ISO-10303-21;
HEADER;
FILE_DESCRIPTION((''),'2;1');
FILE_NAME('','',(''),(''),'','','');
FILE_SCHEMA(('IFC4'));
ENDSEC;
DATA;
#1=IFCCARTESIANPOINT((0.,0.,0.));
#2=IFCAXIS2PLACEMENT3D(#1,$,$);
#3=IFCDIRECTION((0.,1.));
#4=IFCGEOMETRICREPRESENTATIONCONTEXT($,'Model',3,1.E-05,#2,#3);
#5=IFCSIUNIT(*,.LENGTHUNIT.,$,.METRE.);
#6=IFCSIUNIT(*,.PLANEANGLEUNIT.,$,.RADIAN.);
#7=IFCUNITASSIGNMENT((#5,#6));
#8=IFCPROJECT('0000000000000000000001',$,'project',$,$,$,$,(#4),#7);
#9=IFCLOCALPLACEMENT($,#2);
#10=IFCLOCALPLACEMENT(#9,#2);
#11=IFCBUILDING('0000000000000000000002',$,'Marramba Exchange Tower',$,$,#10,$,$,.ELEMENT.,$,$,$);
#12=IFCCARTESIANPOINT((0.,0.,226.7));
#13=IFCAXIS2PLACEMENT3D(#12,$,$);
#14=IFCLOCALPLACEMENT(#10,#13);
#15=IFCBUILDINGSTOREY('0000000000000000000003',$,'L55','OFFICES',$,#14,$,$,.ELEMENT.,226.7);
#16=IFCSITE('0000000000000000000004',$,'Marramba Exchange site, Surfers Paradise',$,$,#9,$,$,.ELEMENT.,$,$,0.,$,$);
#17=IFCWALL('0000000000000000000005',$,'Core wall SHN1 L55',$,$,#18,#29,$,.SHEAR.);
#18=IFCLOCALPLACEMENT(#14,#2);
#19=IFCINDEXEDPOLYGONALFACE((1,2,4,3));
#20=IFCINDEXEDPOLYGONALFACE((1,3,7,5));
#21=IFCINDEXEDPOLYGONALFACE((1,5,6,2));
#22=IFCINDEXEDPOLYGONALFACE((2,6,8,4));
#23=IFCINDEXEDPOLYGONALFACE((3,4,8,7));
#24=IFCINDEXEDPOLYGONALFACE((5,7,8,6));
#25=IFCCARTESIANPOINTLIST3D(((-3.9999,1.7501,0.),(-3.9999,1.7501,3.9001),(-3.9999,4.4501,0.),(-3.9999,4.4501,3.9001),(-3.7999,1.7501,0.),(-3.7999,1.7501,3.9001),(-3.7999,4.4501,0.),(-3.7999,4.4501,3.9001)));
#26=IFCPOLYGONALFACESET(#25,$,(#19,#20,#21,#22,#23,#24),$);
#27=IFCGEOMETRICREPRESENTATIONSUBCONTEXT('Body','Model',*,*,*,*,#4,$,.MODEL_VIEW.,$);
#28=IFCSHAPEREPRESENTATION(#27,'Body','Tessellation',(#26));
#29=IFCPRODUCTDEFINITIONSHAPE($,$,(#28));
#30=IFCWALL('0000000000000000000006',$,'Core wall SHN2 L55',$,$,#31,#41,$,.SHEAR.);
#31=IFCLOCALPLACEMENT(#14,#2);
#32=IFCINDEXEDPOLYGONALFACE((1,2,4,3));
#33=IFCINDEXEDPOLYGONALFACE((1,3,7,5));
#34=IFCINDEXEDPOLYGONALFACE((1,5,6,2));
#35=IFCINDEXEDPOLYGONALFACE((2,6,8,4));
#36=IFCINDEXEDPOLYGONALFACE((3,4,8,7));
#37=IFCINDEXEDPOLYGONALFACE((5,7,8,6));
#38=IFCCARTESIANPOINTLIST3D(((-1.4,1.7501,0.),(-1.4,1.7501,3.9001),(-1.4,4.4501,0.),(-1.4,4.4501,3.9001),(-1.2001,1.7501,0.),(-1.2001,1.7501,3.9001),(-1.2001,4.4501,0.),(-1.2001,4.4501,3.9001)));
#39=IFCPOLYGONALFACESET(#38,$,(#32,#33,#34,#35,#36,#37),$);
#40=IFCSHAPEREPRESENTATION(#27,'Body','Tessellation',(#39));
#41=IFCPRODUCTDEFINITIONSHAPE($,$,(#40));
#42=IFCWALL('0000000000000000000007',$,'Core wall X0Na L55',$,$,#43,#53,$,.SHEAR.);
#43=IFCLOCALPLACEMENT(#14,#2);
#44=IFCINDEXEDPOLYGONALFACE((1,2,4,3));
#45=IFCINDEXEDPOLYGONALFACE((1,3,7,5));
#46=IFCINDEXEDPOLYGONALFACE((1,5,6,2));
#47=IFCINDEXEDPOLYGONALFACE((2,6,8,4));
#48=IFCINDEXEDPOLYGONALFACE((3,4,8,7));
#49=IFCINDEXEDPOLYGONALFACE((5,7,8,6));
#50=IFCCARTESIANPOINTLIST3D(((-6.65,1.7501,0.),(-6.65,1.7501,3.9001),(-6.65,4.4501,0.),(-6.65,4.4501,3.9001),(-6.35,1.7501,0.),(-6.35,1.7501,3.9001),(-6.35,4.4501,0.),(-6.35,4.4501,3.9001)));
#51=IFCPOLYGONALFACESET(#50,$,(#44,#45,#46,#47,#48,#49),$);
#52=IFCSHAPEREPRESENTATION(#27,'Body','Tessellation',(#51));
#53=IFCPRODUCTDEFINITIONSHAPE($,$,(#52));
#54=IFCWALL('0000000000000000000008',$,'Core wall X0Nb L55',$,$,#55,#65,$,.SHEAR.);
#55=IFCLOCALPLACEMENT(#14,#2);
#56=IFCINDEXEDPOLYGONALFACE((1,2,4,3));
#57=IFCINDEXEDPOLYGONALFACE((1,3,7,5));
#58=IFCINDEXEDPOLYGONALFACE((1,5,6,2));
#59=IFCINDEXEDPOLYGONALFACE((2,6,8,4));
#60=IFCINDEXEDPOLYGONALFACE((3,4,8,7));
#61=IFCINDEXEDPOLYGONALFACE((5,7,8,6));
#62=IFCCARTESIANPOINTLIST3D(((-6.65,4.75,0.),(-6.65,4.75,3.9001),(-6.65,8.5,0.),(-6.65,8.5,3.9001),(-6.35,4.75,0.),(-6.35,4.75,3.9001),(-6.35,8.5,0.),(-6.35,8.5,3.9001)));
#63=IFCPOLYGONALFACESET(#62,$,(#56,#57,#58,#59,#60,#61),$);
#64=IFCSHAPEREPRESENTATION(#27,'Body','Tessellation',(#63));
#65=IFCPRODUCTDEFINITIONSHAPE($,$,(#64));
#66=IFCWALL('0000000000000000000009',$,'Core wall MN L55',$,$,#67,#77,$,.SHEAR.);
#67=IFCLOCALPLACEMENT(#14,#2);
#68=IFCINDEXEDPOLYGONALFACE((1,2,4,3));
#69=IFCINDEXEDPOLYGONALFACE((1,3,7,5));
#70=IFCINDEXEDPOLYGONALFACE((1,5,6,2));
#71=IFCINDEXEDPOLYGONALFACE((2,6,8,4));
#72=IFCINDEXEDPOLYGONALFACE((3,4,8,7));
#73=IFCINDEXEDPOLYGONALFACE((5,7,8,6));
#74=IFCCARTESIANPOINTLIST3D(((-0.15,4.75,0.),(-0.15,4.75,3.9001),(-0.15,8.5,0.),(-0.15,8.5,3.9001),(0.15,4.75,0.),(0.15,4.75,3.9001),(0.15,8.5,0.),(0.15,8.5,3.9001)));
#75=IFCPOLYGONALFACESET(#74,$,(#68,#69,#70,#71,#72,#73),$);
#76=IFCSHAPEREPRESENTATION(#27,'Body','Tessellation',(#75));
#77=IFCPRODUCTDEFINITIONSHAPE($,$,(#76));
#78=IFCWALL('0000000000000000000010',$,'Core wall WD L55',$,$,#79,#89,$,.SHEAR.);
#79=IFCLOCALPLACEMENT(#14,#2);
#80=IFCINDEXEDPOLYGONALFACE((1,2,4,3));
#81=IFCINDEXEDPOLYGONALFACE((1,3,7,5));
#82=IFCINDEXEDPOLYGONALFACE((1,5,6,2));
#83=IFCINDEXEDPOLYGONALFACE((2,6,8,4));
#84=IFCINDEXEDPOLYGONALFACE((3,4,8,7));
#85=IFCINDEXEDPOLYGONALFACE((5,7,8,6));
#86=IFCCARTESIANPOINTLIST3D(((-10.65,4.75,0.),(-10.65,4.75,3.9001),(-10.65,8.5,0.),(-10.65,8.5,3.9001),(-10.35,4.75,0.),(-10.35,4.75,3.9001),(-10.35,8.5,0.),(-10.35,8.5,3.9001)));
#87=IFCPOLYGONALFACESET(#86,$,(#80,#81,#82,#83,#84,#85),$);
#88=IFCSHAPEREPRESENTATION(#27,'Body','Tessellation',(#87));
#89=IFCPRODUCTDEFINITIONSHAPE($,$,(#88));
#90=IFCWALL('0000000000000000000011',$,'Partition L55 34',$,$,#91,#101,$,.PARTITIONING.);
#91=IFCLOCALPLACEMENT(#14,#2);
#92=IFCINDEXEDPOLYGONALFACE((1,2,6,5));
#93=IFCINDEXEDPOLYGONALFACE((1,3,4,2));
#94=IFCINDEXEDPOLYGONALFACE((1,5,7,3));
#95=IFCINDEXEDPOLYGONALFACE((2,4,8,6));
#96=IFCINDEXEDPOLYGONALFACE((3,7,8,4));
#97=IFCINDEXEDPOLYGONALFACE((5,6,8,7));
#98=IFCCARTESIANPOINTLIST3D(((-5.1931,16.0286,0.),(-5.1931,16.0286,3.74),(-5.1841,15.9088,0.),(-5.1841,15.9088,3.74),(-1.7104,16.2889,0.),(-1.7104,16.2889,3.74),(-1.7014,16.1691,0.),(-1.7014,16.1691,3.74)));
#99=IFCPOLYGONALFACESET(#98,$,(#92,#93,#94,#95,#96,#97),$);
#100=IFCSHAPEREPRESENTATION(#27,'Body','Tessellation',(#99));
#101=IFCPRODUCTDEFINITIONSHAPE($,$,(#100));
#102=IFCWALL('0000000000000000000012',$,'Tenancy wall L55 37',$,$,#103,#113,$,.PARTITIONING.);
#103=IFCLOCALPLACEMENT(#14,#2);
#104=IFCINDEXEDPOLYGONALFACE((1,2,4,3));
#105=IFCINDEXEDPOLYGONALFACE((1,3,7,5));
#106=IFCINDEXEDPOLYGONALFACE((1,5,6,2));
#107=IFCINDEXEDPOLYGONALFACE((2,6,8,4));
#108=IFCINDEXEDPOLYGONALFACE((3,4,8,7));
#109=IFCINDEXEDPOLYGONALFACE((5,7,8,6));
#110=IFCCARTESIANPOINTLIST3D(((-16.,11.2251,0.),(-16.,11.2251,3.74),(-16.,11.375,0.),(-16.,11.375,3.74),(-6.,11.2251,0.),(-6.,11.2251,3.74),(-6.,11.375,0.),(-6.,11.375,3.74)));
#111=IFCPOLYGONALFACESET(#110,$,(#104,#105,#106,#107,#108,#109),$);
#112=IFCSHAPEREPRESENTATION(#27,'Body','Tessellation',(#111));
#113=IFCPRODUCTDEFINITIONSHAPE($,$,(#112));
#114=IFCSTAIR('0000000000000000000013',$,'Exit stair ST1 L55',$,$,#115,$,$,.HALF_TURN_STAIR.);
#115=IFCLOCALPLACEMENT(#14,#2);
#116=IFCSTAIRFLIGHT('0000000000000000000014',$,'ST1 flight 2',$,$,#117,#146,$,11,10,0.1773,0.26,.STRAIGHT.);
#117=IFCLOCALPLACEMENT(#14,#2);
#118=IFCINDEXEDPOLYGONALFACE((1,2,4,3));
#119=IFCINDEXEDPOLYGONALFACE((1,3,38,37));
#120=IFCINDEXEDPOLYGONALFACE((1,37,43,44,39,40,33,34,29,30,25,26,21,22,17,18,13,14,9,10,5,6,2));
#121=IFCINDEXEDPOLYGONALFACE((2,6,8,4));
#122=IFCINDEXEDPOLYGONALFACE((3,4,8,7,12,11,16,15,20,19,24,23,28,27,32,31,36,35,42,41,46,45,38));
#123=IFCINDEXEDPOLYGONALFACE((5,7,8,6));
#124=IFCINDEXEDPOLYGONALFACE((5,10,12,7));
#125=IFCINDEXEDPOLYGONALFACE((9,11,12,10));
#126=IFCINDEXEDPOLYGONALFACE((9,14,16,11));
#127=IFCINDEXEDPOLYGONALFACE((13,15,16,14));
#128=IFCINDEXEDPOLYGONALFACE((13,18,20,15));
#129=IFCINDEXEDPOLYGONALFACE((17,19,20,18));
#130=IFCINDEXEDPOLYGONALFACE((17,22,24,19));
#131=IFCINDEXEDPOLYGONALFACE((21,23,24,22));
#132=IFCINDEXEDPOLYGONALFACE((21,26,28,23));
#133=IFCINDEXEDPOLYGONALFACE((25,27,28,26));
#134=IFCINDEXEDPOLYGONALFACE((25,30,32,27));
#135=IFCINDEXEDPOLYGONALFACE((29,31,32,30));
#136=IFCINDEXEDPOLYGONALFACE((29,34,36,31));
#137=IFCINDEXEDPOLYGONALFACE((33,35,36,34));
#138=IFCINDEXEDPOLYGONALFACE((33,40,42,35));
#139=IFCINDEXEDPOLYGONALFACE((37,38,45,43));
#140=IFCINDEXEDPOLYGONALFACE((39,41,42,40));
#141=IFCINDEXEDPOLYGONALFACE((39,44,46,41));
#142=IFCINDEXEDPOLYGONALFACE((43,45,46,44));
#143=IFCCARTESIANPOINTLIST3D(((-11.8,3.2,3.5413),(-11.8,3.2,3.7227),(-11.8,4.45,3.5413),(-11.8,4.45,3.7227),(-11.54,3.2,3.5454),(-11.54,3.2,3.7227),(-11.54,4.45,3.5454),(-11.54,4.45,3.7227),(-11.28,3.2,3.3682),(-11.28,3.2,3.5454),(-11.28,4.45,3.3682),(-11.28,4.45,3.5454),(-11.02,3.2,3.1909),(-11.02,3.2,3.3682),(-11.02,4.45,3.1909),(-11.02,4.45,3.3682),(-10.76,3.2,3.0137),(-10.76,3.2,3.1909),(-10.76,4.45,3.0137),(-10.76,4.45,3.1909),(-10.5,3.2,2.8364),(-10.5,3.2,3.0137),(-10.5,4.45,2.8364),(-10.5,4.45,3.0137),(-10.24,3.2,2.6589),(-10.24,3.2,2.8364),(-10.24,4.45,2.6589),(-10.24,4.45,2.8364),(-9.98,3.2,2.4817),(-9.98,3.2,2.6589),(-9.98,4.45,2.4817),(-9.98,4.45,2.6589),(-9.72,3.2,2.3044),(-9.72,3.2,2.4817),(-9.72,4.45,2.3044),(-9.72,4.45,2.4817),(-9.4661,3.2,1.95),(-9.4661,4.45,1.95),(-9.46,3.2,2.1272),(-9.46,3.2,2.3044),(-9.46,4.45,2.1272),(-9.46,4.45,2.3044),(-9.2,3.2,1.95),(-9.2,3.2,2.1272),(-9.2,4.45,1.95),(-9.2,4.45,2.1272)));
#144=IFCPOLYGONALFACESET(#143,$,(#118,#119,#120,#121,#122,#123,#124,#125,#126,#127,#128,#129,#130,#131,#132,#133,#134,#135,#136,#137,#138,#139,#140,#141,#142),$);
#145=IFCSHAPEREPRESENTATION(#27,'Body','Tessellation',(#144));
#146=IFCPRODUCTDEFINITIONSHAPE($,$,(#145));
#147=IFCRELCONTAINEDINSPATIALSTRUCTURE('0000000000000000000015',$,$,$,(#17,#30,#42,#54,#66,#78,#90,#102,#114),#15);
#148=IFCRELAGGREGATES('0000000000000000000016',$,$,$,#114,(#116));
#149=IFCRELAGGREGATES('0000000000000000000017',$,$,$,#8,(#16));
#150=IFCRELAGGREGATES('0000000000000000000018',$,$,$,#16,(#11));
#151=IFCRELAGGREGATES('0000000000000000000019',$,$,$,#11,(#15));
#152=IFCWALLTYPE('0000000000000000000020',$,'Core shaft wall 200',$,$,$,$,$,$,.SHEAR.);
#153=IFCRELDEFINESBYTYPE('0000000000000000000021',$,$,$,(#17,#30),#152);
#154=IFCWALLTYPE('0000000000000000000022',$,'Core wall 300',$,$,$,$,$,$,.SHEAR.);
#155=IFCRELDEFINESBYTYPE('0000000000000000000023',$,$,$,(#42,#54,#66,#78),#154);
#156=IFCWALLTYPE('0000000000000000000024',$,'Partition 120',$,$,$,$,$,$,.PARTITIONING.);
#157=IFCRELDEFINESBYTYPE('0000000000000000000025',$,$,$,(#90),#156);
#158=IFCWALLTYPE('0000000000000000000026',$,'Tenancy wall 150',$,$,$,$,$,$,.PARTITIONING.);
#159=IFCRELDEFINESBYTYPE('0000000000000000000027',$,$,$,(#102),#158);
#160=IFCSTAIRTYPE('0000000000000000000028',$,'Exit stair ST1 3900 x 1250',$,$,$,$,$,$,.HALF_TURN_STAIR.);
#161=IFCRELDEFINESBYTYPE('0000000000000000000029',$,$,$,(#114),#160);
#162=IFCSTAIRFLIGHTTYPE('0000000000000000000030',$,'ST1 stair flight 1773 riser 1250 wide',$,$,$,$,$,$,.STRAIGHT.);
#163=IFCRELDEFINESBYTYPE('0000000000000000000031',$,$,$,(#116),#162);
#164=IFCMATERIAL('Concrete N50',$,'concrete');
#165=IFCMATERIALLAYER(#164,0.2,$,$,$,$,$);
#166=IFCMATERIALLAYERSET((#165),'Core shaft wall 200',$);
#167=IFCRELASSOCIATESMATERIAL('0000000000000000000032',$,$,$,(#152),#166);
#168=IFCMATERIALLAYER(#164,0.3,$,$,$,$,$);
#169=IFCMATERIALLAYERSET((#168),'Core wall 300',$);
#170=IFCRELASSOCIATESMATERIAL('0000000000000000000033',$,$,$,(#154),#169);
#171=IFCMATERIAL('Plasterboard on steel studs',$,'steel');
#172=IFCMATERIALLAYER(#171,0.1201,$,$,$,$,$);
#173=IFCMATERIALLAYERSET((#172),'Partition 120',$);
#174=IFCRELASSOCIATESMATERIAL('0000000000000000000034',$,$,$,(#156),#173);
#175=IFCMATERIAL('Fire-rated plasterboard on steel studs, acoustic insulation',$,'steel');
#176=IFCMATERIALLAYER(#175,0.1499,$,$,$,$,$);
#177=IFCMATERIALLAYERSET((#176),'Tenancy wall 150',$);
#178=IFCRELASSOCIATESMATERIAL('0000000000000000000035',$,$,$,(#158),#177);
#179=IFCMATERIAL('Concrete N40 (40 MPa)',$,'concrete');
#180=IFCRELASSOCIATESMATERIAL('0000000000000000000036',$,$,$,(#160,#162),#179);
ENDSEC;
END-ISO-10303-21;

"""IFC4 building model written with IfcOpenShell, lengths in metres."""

from ifc_helpers import new_model, si_unit, direction, frame, frame_2d, origin, place, context, subcontext, project, spatial, polyline, rectangle, outline, extrude, material, layer, layer_set, type_object, element, aggregate, save


model = new_model("IFC4")

# Units and contexts
model_context = context("Model", 3, precision=1e-05, world=origin(), true_north=direction((0.0, 1.0)))
body_context = subcontext(model_context, "Body", "Model", "MODEL_VIEW")
ifc_project = project(units=[si_unit("LENGTHUNIT", "METRE"), si_unit("PLANEANGLEUNIT", "RADIAN")], contexts=[model_context])

# Site, building, storey
site_placement = place(None, origin())
site = spatial("IfcSite", under=ifc_project, at=site_placement, Name="Marramba Exchange site, Surfers Paradise", CompositionType="ELEMENT", RefElevation=0.0)
building_placement = place(site_placement, origin())
building = spatial("IfcBuilding", under=site, at=building_placement, Name="Marramba Exchange Tower", CompositionType="ELEMENT")
storey_placement = place(building_placement, frame((0.0, 0.0, 226.7)))
storey = spatial("IfcBuildingStorey", under=building, at=storey_placement, Name="L55", Description="OFFICES", CompositionType="ELEMENT", Elevation=226.7)

# Walls
ifc_material_1 = material(Name="Concrete N50", Category="concrete")
ifc_layer_1 = layer(ifc_material_1, 0.2)
ifc_layer_set_1 = layer_set([ifc_layer_1], Name="Core shaft wall 200")
wall_type_1 = type_object("IfcWallType", Name="Core shaft wall 200", PredefinedType="SHEAR", material=ifc_layer_set_1)
for number, where, z_axis, x_axis, name in (
    (1, (-3.8999, 1.75, 0.0), (0.0, 0.0, 1.0), (0.0, 1.0, 0.0), "Core wall SHN1 L55"),
    (2, (-1.3, 1.75, 0.0), (0.0, 0.0, 1.0), (0.0, 1.0, 0.0), "Core wall SHN2 L55"),
):
    element("IfcWall", number, at=place(storey_placement, frame(where, z_axis=z_axis, x_axis=x_axis)), inside=storey, type_object=wall_type_1, Name=name, PredefinedType="SHEAR", context=body_context, shape_type="SweptSolid", body=[
        extrude(rectangle(XDim=2.7, YDim=0.2, at=frame_2d((1.3501, 0.0))), origin(), (0.0, 0.0, 1.0), 3.9001),
    ])
ifc_layer_2 = layer(ifc_material_1, 0.3)
ifc_layer_set_2 = layer_set([ifc_layer_2], Name="Core wall 300")
wall_type_2 = type_object("IfcWallType", Name="Core wall 300", PredefinedType="SHEAR", material=ifc_layer_set_2)
wall_1_placement = place(storey_placement, frame((-6.5, 1.75, 0.0), z_axis=(0.0, 0.0, 1.0), x_axis=(0.0, 1.0, 0.0)))
element("IfcWall", 3, at=wall_1_placement, inside=storey, type_object=wall_type_2, Name="Core wall X0Na L55", PredefinedType="SHEAR", context=body_context, shape_type="SweptSolid", body=[
    extrude(rectangle(XDim=2.7, YDim=0.3, at=frame_2d((1.3501, 0.0))), origin(), (0.0, 0.0, 1.0), 3.9001),
])
for number, where, z_axis, x_axis, name in (
    (4, (-6.5, 4.75, 0.0), (0.0, 0.0, 1.0), (0.0, 1.0, 0.0), "Core wall X0Nb L55"),
    (5, (0.0, 4.75, 0.0), (0.0, 0.0, 1.0), (0.0, 1.0, 0.0), "Core wall MN L55"),
    (6, (-10.5, 4.75, 0.0), (0.0, 0.0, 1.0), (0.0, 1.0, 0.0), "Core wall WD L55"),
):
    element("IfcWall", number, at=place(storey_placement, frame(where, z_axis=z_axis, x_axis=x_axis)), inside=storey, type_object=wall_type_2, Name=name, PredefinedType="SHEAR", context=body_context, shape_type="SweptSolid", body=[
        extrude(rectangle(XDim=3.75, YDim=0.3, at=frame_2d((1.875, 0.0))), origin(), (0.0, 0.0, 1.0), 3.9001),
    ])
ifc_material_2 = material(Name="Plasterboard on steel studs", Category="steel")
ifc_layer_3 = layer(ifc_material_2, 0.1201)
ifc_layer_set_3 = layer_set([ifc_layer_3], Name="Partition 120")
wall_type_3 = type_object("IfcWallType", Name="Partition 120", PredefinedType="PARTITIONING", material=ifc_layer_set_3)
wall_2_placement = place(storey_placement, frame((-5.1885, 15.9688, 0.0), z_axis=(0.0, 0.0, 1.0), x_axis=(0.997219, 0.074521, 0.0)))
element("IfcWall", 7, at=wall_2_placement, inside=storey, type_object=wall_type_3, Name="Partition L55 34", PredefinedType="PARTITIONING", context=body_context, shape_type="SweptSolid", body=[
    extrude(rectangle(XDim=3.4924, YDim=0.1201, at=frame_2d((1.7461, 0.0))), origin(), (0.0, 0.0, 1.0), 3.74),
])

# Wall
ifc_material_3 = material(Name="Fire-rated plasterboard on steel studs, acoustic insulation", Category="steel")
ifc_layer_4 = layer(ifc_material_3, 0.1499)
ifc_layer_set_4 = layer_set([ifc_layer_4], Name="Tenancy wall 150")
wall_type_4 = type_object("IfcWallType", Name="Tenancy wall 150", PredefinedType="PARTITIONING", material=ifc_layer_set_4)
wall_3_placement = place(storey_placement, frame((-6.0, 11.3, 0.0), z_axis=(0.0, 0.0, 1.0), x_axis=(-1.0, 0.0, 0.0)))
element("IfcWall", 8, at=wall_3_placement, inside=storey, type_object=wall_type_4, Name="Tenancy wall L55 37", PredefinedType="PARTITIONING", context=body_context, shape_type="SweptSolid", body=[
    extrude(rectangle(XDim=10.0, YDim=0.1499, at=frame_2d((5.0, 0.0))), origin(), (0.0, 0.0, 1.0), 3.74),
])

# Stair, stair flight
ifc_material_4 = material(Name="Concrete N40 (40 MPa)", Category="concrete")
stair_type = type_object("IfcStairType", Name="Exit stair ST1 3900 x 1250", PredefinedType="HALF_TURN_STAIR", material=ifc_material_4)
stair_placement = place(storey_placement, origin())
stair = element("IfcStair", 9, at=stair_placement, inside=storey, type_object=stair_type, Name="Exit stair ST1 L55", PredefinedType="HALF_TURN_STAIR")
stair_flight_type = type_object("IfcStairFlightType", Name="ST1 stair flight 1773 riser 1250 wide", PredefinedType="STRAIGHT", material=ifc_material_4)
stair_flight_placement = place(storey_placement, frame((-9.2, 3.825, 1.95), z_axis=(0.0, 0.0, 1.0), x_axis=(-1.0, 0.0, 0.0)))
stair_flight = element("IfcStairFlight", 10, at=stair_flight_placement, type_object=stair_flight_type, Name="ST1 flight 2", NumberOfRisers=11, NumberOfTreads=10, PredefinedType="STRAIGHT", RiserHeight=0.1773, TreadLength=0.26, context=body_context, shape_type="SweptSolid", body=[
    extrude(outline(polyline([(0.0, 0.0), (0.0, 0.1772), (0.26, 0.1772), (0.26, 0.3545), (0.52, 0.3545), (0.52, 0.5317), (0.78, 0.5317), (0.78, 0.709), (1.04, 0.709), (1.04, 0.8865), (1.3, 0.8865), (1.3, 1.0637), (1.5601, 1.0637), (1.5601, 1.241), (1.8201, 1.241), (1.8201, 1.4182), (2.0801, 1.4182), (2.0801, 1.5955), (2.3401, 1.5955), (2.3401, 1.7727), (2.6001, 1.7727), (2.6001, 1.95), (2.6001, 1.5913), (0.2661, 0.0), (0.0, 0.0)])), frame((0.0, 0.625, 0.0), z_axis=(0.0, -1.0, 0.0), x_axis=(1.0, 0.0, 0.0)), (0.0, 0.0, 1.0), 1.25),
])
aggregate(stair, [stair_flight])

save(model, "model.ifc")
